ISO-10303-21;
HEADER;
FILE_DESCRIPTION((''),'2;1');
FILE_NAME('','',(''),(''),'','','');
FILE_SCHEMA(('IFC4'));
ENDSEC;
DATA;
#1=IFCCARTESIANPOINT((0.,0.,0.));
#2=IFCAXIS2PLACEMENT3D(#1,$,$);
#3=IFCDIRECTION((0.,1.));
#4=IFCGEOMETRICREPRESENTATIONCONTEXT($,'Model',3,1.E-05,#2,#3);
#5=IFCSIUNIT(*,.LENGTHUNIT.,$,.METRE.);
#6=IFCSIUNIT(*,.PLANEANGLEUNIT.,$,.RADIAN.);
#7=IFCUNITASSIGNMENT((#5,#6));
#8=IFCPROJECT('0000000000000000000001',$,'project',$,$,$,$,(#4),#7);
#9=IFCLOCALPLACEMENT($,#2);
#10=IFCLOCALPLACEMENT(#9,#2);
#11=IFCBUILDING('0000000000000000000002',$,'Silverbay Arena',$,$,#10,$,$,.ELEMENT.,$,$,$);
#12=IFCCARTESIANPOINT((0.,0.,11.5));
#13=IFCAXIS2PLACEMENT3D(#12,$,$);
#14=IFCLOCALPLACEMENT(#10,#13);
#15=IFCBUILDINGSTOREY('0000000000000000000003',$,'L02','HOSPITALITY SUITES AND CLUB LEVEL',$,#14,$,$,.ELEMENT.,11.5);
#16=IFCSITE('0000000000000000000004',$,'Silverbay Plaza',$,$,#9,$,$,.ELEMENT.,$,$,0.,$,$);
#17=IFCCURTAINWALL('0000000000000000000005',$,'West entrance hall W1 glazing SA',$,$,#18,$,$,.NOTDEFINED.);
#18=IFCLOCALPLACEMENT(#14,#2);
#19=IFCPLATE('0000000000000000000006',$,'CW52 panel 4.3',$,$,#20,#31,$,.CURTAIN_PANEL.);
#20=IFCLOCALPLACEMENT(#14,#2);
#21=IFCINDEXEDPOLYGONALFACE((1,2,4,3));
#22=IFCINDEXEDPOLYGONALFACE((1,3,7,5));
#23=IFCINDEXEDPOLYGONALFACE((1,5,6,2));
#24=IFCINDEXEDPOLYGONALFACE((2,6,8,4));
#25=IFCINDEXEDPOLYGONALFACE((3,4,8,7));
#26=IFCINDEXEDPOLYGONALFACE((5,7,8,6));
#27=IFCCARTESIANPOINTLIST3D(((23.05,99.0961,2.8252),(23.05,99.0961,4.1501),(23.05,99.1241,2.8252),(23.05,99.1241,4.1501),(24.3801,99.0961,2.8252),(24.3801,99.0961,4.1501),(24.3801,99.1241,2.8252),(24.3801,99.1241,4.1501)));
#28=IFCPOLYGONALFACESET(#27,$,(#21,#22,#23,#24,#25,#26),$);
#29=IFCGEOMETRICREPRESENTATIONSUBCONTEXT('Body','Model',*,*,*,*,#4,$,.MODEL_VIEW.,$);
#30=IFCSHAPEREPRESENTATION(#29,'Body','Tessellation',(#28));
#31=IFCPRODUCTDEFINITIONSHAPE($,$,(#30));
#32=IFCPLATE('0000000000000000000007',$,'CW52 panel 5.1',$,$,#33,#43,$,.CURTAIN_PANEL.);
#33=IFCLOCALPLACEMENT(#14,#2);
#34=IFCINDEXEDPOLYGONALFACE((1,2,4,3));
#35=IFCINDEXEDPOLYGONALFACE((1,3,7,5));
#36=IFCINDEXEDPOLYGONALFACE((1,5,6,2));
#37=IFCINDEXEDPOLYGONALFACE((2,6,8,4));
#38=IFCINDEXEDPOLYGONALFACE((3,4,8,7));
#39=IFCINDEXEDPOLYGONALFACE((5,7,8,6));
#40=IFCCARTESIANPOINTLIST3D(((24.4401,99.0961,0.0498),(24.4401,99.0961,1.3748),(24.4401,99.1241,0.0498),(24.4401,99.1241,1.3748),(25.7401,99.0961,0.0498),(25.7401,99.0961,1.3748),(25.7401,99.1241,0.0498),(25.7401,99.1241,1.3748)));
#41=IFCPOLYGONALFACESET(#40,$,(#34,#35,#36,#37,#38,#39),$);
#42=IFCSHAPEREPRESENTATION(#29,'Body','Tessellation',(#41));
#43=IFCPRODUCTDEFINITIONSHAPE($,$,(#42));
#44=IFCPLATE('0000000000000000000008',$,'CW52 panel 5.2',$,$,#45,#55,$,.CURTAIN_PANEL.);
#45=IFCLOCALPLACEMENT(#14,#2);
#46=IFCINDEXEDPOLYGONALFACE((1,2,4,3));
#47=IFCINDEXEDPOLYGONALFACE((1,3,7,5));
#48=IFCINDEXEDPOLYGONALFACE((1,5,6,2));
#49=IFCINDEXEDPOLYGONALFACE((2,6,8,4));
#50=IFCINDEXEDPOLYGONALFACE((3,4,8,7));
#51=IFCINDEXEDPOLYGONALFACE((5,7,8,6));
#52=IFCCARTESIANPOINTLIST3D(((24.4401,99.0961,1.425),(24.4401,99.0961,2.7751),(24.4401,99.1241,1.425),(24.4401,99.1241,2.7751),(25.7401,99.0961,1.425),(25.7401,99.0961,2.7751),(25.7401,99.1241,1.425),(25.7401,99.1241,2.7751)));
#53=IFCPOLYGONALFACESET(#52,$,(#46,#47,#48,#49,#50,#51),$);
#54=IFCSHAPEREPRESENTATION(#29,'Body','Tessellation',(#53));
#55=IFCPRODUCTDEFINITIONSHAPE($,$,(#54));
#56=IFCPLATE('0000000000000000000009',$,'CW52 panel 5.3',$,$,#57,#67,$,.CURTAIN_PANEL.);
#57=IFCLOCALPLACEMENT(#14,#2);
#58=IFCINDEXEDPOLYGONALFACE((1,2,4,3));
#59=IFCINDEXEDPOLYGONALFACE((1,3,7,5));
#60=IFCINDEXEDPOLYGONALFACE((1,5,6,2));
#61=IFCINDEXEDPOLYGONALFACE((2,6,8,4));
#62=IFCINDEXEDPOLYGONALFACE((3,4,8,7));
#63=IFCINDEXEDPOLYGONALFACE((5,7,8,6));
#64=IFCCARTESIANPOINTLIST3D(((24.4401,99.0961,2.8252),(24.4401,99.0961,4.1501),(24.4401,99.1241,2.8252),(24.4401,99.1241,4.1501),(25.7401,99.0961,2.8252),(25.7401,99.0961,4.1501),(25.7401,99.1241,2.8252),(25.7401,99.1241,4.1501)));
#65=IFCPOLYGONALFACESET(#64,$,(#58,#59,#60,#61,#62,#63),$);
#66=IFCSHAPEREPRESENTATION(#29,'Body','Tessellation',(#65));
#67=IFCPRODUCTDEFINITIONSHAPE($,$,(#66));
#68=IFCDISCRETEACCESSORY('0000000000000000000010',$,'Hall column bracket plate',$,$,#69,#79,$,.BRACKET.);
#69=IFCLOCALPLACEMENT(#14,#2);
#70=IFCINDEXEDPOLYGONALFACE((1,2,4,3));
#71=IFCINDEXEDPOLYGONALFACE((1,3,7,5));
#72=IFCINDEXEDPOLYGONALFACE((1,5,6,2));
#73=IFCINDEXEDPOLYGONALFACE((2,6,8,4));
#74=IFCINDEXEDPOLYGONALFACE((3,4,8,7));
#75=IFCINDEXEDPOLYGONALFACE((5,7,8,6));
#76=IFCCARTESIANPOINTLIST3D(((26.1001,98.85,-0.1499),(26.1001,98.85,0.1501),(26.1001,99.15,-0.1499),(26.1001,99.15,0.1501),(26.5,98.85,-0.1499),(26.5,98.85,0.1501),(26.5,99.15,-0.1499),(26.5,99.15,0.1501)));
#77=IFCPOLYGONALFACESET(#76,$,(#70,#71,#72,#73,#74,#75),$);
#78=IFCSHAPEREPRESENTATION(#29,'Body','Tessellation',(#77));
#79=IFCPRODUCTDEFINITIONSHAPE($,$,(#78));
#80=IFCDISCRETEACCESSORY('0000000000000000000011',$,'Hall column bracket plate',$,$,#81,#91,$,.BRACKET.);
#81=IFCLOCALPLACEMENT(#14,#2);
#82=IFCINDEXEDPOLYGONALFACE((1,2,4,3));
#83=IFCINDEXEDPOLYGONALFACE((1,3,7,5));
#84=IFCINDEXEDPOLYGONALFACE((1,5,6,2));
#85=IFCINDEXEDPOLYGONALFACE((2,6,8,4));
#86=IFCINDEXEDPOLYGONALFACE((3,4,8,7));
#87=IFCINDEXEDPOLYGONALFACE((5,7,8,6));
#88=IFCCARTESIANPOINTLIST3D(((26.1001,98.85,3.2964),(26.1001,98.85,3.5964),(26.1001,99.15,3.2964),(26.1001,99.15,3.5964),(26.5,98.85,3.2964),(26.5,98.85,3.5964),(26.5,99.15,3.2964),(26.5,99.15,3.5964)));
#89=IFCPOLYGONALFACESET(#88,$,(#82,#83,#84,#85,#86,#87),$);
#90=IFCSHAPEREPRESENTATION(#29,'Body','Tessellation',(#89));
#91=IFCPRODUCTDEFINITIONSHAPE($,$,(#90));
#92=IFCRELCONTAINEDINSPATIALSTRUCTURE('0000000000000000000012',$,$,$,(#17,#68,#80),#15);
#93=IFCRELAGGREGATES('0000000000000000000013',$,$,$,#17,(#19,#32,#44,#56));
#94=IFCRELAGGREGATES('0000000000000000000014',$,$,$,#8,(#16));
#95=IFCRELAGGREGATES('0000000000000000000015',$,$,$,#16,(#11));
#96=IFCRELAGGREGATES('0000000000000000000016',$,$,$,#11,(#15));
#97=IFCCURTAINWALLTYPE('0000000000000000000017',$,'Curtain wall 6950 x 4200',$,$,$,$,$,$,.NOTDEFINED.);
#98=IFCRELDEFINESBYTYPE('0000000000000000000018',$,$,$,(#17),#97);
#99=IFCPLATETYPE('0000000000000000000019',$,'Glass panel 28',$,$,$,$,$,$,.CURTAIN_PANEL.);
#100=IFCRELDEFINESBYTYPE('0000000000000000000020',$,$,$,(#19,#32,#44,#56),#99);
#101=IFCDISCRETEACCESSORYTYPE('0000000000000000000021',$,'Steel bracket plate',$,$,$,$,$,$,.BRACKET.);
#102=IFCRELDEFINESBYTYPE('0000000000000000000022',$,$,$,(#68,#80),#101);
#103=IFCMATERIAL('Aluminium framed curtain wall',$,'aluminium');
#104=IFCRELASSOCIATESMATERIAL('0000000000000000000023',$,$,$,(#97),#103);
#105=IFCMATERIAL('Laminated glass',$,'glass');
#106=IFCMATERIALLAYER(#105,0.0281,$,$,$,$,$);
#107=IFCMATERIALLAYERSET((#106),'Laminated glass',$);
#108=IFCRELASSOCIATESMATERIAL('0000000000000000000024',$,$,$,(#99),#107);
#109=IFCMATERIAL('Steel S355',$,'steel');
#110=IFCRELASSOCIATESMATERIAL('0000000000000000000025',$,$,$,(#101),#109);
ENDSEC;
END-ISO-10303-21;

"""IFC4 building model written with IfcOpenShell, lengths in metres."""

from ifc_helpers import new_model, si_unit, direction, frame, origin, origin_2d, place, context, subcontext, project, spatial, rectangle, extrude, material, layer, layer_set, type_object, element, aggregate, save


model = new_model("IFC4")

# Units and contexts
model_context = context("Model", 3, precision=1e-05, world=origin(), true_north=direction((0.0, 1.0)))
body_context = subcontext(model_context, "Body", "Model", "MODEL_VIEW")
ifc_project = project(units=[si_unit("LENGTHUNIT", "METRE"), si_unit("PLANEANGLEUNIT", "RADIAN")], contexts=[model_context])

# Site, building, storey
site_placement = place(None, origin())
site = spatial("IfcSite", under=ifc_project, at=site_placement, Name="Silverbay Plaza", CompositionType="ELEMENT", RefElevation=0.0)
building_placement = place(site_placement, origin())
building = spatial("IfcBuilding", under=site, at=building_placement, Name="Silverbay Arena", CompositionType="ELEMENT")
storey_placement = place(building_placement, frame((0.0, 0.0, 11.5)))
storey = spatial("IfcBuildingStorey", under=building, at=storey_placement, Name="L02", Description="HOSPITALITY SUITES AND CLUB LEVEL", CompositionType="ELEMENT", Elevation=11.5)

# Curtain wall
ifc_material_1 = material(Name="Aluminium framed curtain wall", Category="aluminium")
curtain_wall_type = type_object("IfcCurtainWallType", Name="Curtain wall 6950 x 4200", PredefinedType="NOTDEFINED", material=ifc_material_1)
curtain_wall_placement = place(storey_placement, origin())
curtain_wall = element("IfcCurtainWall", 1, at=curtain_wall_placement, inside=storey, type_object=curtain_wall_type, Name="West entrance hall W1 glazing SA", PredefinedType="NOTDEFINED")

# Plates
ifc_material_2 = material(Name="Laminated glass", Category="glass")
ifc_layer = layer(ifc_material_2, 0.0281)
ifc_layer_set = layer_set([ifc_layer], Name="Laminated glass")
plate_type = type_object("IfcPlateType", Name="Glass panel 28", PredefinedType="CURTAIN_PANEL", material=ifc_layer_set)
plate_1_placement = place(storey_placement, frame((23.7151, 99.1101, 2.8252), z_axis=(0.0, 0.0, 1.0), x_axis=(1.0, 0.0, 0.0)))
plate_1 = element("IfcPlate", 2, at=plate_1_placement, type_object=plate_type, Name="CW52 panel 4.3", PredefinedType="CURTAIN_PANEL", context=body_context, shape_type="SweptSolid", body=[
    extrude(rectangle(XDim=1.3301, YDim=0.0281, at=origin_2d()), origin(), (0.0, 0.0, 1.0), 1.325),
])
plate_2_placement = place(storey_placement, frame((25.0901, 99.1101, 0.0498), z_axis=(0.0, 0.0, 1.0), x_axis=(1.0, 0.0, 0.0)))
plate_2 = element("IfcPlate", 3, at=plate_2_placement, type_object=plate_type, Name="CW52 panel 5.1", PredefinedType="CURTAIN_PANEL", context=body_context, shape_type="SweptSolid", body=[
    extrude(rectangle(XDim=1.3, YDim=0.0281, at=origin_2d()), origin(), (0.0, 0.0, 1.0), 1.325),
])
plate_3_placement = place(storey_placement, frame((25.0901, 99.1101, 1.425), z_axis=(0.0, 0.0, 1.0), x_axis=(1.0, 0.0, 0.0)))
plate_3 = element("IfcPlate", 4, at=plate_3_placement, type_object=plate_type, Name="CW52 panel 5.2", PredefinedType="CURTAIN_PANEL", context=body_context, shape_type="SweptSolid", body=[
    extrude(rectangle(XDim=1.3, YDim=0.0281, at=origin_2d()), origin(), (0.0, 0.0, 1.0), 1.3501),
])
plate_4_placement = place(storey_placement, frame((25.0901, 99.1101, 2.8252), z_axis=(0.0, 0.0, 1.0), x_axis=(1.0, 0.0, 0.0)))
plate_4 = element("IfcPlate", 5, at=plate_4_placement, type_object=plate_type, Name="CW52 panel 5.3", PredefinedType="CURTAIN_PANEL", context=body_context, shape_type="SweptSolid", body=[
    extrude(rectangle(XDim=1.3, YDim=0.0281, at=origin_2d()), origin(), (0.0, 0.0, 1.0), 1.325),
])
aggregate(curtain_wall, [plate_1, plate_2, plate_3, plate_4])

# Discrete accessories
ifc_material_3 = material(Name="Steel S355", Category="steel")
discrete_accessory_type = type_object("IfcDiscreteAccessoryType", Name="Steel bracket plate", PredefinedType="BRACKET", material=ifc_material_3)
for number, where, z_axis, x_axis, name in (
    (6, (26.3, 99.0, -0.1499), (0.0, 0.0, 1.0), (1.0, 0.0, 0.0), "Hall column bracket plate"),
    (7, (26.3, 99.0, 3.2964), (0.0, 0.0, 1.0), (1.0, 0.0, 0.0), "Hall column bracket plate"),
):
    element("IfcDiscreteAccessory", number, at=place(storey_placement, frame(where, z_axis=z_axis, x_axis=x_axis)), inside=storey, type_object=discrete_accessory_type, Name=name, PredefinedType="BRACKET", context=body_context, shape_type="SweptSolid", body=[
        extrude(rectangle(XDim=0.3999, YDim=0.3, at=origin_2d()), origin(), (0.0, 0.0, 1.0), 0.3),
    ])

save(model, "model.ifc")
